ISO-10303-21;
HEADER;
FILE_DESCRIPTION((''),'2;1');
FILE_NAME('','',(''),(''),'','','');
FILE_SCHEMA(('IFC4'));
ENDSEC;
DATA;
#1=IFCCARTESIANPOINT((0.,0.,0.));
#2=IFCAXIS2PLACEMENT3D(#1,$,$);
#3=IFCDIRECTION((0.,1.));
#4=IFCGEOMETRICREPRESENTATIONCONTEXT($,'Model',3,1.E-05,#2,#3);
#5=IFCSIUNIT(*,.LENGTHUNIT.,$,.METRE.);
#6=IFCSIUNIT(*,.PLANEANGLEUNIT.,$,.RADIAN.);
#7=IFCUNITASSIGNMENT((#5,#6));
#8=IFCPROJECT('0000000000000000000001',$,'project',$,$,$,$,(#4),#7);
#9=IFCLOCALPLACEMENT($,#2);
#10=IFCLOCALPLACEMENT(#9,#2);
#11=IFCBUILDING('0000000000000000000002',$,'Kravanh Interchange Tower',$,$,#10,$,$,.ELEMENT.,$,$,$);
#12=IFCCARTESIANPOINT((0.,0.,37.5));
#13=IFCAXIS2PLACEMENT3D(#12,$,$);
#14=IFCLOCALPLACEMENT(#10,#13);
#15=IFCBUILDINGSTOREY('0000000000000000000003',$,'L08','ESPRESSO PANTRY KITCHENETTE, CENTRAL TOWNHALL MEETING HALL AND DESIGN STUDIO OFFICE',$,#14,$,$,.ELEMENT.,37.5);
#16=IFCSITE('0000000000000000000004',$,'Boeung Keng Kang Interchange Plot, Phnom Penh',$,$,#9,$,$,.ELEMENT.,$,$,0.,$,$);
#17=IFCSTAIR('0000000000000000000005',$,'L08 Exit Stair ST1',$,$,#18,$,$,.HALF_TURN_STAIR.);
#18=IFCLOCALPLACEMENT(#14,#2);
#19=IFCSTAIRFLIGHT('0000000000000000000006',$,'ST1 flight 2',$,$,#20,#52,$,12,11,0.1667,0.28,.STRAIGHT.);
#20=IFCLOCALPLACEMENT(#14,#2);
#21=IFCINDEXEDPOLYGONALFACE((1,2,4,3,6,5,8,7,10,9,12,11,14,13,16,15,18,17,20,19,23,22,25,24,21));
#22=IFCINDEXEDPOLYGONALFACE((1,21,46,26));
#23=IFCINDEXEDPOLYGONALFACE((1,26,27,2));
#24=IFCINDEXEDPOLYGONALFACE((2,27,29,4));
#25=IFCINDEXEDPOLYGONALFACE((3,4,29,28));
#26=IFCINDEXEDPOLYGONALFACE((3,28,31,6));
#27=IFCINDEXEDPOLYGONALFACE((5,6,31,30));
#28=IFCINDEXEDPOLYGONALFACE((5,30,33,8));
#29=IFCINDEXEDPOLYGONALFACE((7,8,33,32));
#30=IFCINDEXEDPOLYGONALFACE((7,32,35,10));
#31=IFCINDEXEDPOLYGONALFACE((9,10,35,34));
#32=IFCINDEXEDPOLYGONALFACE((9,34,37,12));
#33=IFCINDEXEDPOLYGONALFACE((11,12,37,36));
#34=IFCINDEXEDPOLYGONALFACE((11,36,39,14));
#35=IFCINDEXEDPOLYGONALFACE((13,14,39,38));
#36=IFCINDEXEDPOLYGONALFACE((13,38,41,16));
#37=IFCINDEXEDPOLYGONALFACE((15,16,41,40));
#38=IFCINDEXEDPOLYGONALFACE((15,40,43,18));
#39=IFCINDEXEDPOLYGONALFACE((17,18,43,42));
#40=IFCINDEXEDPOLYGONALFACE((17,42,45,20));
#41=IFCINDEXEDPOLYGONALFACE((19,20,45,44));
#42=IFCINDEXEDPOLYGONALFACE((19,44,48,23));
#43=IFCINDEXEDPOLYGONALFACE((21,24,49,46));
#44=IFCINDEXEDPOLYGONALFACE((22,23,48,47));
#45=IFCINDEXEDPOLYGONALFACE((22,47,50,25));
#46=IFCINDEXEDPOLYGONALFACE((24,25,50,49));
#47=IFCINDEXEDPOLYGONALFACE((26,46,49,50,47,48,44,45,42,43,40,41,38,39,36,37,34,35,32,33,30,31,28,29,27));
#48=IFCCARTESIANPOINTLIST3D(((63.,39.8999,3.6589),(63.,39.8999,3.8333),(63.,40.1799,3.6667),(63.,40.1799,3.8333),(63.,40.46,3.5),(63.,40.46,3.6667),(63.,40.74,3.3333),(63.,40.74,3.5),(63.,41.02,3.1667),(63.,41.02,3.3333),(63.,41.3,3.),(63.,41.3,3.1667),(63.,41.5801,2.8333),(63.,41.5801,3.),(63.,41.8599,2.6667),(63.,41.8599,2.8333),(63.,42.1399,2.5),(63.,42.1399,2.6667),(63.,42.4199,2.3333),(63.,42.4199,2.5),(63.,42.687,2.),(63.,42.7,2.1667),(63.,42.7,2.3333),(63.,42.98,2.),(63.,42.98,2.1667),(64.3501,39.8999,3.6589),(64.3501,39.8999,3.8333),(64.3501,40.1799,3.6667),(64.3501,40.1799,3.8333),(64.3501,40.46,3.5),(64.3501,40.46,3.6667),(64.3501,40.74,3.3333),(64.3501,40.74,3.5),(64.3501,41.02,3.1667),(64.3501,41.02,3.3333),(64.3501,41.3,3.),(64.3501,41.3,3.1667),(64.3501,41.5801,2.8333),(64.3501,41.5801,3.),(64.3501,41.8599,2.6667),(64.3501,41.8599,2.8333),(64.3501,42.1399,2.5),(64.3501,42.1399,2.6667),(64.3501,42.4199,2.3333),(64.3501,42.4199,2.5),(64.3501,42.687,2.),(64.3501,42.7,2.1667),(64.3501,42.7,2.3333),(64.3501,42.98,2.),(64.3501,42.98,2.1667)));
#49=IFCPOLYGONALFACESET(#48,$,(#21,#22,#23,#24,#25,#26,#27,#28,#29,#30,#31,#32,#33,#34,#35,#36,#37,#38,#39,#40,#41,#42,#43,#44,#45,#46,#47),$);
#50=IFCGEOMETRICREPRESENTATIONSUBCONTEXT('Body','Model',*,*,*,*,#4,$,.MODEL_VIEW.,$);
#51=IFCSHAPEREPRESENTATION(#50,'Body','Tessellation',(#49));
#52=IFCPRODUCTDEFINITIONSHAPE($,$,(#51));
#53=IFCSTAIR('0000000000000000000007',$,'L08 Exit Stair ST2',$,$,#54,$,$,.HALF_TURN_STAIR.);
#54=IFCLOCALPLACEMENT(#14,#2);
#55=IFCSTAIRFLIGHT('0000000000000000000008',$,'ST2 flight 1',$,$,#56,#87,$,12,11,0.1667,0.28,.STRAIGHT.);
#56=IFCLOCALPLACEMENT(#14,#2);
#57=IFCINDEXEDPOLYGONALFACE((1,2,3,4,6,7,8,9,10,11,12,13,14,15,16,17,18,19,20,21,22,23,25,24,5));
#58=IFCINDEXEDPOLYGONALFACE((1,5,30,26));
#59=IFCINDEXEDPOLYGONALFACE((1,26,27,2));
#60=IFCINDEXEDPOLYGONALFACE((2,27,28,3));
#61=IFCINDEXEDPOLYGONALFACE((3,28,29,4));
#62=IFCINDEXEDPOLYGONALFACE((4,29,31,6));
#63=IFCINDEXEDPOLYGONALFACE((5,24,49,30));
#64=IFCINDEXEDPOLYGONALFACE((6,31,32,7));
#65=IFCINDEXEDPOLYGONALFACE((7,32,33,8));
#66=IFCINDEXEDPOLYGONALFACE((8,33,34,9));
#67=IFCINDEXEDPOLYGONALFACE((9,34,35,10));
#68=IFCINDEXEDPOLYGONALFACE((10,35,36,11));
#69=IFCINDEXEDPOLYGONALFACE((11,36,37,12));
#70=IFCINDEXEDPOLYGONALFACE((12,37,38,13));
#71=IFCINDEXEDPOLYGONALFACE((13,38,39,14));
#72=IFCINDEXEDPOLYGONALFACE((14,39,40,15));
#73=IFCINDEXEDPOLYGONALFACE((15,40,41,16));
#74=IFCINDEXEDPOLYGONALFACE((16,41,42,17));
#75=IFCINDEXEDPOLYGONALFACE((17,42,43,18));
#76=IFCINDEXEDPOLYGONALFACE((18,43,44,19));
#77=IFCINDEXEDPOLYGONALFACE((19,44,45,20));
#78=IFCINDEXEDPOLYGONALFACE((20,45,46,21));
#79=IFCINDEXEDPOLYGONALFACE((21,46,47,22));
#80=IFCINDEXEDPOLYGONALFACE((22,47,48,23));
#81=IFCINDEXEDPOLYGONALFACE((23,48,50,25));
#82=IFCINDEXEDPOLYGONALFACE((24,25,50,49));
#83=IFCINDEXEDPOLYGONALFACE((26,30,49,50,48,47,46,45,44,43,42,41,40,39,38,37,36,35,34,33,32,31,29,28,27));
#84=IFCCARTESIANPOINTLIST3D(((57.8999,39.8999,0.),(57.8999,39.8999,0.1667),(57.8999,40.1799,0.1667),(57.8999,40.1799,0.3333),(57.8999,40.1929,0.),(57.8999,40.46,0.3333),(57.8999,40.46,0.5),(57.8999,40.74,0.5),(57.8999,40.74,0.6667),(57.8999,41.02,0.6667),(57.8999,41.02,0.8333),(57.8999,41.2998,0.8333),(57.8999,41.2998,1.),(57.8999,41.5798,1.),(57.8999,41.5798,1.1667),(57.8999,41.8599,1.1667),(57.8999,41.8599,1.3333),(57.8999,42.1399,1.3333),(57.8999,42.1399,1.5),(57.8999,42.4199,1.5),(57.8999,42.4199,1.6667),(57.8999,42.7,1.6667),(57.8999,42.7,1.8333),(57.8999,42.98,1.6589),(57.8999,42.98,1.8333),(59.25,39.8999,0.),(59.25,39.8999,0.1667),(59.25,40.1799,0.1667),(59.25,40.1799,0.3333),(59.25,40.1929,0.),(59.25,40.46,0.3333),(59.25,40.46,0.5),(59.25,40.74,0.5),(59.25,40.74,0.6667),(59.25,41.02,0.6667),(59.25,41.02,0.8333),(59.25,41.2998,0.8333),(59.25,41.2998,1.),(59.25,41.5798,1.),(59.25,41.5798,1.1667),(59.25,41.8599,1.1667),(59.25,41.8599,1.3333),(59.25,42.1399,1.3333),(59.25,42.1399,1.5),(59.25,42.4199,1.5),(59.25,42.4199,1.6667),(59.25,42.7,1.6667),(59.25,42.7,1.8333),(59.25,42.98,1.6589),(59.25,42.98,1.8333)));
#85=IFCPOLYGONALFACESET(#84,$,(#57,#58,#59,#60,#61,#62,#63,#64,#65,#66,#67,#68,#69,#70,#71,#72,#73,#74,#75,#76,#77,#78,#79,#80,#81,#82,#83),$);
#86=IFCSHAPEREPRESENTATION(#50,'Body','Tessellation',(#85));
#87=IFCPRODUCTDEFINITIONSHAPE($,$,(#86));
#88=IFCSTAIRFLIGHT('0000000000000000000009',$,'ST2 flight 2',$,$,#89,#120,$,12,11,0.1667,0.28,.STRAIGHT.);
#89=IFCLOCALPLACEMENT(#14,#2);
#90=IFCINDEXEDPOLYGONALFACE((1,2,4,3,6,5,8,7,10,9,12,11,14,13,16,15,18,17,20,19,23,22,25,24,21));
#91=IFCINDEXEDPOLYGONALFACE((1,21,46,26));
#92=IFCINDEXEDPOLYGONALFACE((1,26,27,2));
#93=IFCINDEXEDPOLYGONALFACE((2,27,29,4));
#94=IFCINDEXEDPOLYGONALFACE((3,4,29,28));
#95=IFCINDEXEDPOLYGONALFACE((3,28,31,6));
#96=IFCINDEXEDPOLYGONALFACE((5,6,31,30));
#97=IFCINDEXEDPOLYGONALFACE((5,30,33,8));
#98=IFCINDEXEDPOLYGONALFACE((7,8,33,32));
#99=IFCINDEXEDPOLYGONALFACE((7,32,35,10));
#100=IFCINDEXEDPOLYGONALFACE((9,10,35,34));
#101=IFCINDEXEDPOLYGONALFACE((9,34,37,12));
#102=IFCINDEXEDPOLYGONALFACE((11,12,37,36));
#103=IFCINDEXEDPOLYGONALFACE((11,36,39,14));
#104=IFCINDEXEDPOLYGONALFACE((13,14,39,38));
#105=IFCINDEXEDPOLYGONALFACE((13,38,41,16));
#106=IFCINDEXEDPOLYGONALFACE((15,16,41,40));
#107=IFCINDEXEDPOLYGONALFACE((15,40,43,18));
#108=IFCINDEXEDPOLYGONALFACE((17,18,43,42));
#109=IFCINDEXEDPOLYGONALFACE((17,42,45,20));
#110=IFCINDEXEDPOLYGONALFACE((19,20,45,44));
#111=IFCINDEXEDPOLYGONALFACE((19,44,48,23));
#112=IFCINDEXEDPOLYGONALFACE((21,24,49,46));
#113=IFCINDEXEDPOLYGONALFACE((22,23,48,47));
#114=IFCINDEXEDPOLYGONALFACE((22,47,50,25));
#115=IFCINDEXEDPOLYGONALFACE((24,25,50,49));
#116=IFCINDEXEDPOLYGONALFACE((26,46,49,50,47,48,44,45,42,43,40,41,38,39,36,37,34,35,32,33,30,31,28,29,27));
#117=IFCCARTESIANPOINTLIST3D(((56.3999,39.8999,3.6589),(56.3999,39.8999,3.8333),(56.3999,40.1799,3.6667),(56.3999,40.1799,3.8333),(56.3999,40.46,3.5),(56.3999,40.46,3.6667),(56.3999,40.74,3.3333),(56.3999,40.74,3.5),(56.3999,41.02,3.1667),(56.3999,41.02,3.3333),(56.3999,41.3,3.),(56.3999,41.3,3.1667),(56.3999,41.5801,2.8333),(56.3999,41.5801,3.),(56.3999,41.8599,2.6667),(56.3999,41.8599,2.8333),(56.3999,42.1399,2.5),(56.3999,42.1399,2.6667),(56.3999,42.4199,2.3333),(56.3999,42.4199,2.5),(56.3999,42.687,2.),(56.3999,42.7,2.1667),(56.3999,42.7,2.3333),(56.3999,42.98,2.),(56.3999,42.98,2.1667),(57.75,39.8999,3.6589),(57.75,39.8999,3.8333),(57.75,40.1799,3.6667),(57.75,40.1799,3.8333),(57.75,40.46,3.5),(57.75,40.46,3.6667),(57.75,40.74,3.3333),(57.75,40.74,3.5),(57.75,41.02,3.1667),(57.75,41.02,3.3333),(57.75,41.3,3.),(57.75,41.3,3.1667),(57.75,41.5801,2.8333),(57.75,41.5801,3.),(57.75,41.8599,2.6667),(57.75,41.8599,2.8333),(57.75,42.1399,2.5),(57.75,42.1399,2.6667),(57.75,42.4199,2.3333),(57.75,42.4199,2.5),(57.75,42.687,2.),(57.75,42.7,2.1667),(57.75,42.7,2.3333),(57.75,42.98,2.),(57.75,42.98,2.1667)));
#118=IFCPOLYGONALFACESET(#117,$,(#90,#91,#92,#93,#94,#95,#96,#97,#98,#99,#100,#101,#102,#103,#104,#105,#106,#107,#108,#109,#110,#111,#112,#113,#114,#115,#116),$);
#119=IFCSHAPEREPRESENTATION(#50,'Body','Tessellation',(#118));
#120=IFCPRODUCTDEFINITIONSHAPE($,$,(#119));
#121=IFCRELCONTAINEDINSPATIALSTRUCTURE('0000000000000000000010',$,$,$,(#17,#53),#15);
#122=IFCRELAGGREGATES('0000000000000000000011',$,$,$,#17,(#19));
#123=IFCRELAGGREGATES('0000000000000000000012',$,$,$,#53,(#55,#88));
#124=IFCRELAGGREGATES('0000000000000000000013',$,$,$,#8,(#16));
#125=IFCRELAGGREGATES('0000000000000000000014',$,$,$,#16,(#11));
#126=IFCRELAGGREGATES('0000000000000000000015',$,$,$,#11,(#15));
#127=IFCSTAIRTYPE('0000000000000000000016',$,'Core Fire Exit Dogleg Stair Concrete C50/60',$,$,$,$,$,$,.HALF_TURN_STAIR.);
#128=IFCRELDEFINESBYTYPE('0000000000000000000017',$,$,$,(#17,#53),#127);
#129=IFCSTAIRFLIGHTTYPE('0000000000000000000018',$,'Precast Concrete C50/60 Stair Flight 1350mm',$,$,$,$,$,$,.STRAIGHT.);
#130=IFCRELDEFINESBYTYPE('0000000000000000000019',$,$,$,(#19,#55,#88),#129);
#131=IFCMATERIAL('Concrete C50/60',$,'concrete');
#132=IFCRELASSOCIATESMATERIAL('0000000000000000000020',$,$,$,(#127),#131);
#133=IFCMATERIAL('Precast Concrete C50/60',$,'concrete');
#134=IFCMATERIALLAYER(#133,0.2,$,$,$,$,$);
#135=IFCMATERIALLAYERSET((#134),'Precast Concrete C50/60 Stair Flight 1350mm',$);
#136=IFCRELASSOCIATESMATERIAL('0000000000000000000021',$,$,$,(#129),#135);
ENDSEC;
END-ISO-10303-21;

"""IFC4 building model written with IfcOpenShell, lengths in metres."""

from ifc_helpers import new_model, si_unit, direction, frame, origin, place, context, subcontext, project, spatial, polyline, outline, extrude, material, layer, layer_set, type_object, element, aggregate, save


model = new_model("IFC4")

# Units and contexts
model_context = context("Model", 3, precision=1e-05, world=origin(), true_north=direction((0.0, 1.0)))
body_context = subcontext(model_context, "Body", "Model", "MODEL_VIEW")
ifc_project = project(units=[si_unit("LENGTHUNIT", "METRE"), si_unit("PLANEANGLEUNIT", "RADIAN")], contexts=[model_context])

# Site, building, storey
site_placement = place(None, origin())
site = spatial("IfcSite", under=ifc_project, at=site_placement, Name="Boeung Keng Kang Interchange Plot, Phnom Penh", CompositionType="ELEMENT", RefElevation=0.0)
building_placement = place(site_placement, origin())
building = spatial("IfcBuilding", under=site, at=building_placement, Name="Kravanh Interchange Tower", CompositionType="ELEMENT")
storey_placement = place(building_placement, frame((0.0, 0.0, 37.5)))
storey = spatial("IfcBuildingStorey", under=building, at=storey_placement, Name="L08", Description="ESPRESSO PANTRY KITCHENETTE, CENTRAL TOWNHALL MEETING HALL AND DESIGN STUDIO OFFICE", CompositionType="ELEMENT", Elevation=37.5)

# Stairs, stair flights
ifc_material_1 = material(Name="Concrete C50/60", Category="concrete")
stair_type = type_object("IfcStairType", Name="Core Fire Exit Dogleg Stair Concrete C50/60", PredefinedType="HALF_TURN_STAIR", material=ifc_material_1)
stair_1_placement = place(storey_placement, origin())
stair_1 = element("IfcStair", 1, at=stair_1_placement, inside=storey, type_object=stair_type, Name="L08 Exit Stair ST1", PredefinedType="HALF_TURN_STAIR")
ifc_material_2 = material(Name="Precast Concrete C50/60", Category="concrete")
ifc_layer_1 = layer(ifc_material_2, 0.2)
ifc_layer_set_1 = layer_set([ifc_layer_1], Name="Precast Concrete C50/60 Stair Flight 1350mm")
stair_flight_type = type_object("IfcStairFlightType", Name="Precast Concrete C50/60 Stair Flight 1350mm", PredefinedType="STRAIGHT", material=ifc_layer_set_1)
stair_flight_1_placement = place(storey_placement, frame((63.675, 42.98, 2.0), z_axis=(0.0, 0.0, 1.0), x_axis=(0.0, -1.0, 0.0)))
stair_flight_1 = element("IfcStairFlight", 2, at=stair_flight_1_placement, type_object=stair_flight_type, Name="ST1 flight 2", NumberOfRisers=12, NumberOfTreads=11, PredefinedType="STRAIGHT", RiserHeight=0.1667, TreadLength=0.28, context=body_context, shape_type="SweptSolid", body=[
    extrude(outline(polyline([(0.0, 0.0), (0.0, 0.1667), (0.28, 0.1667), (0.28, 0.3333), (0.5601, 0.3333), (0.5601, 0.5), (0.8401, 0.5), (0.8401, 0.6667), (1.1201, 0.6667), (1.1201, 0.8333), (1.3999, 0.8333), (1.3999, 1.0), (1.6799, 1.0), (1.6799, 1.1667), (1.96, 1.1667), (1.96, 1.3333), (2.24, 1.3333), (2.24, 1.5), (2.52, 1.5), (2.52, 1.6667), (2.8, 1.6667), (2.8, 1.8333), (3.0801, 1.8333), (3.0801, 2.0), (3.0801, 1.6589), (0.293, 0.0), (0.0, 0.0)])), frame((0.0, 0.675, 0.0), z_axis=(0.0, -1.0, 0.0), x_axis=(1.0, 0.0, 0.0)), (0.0, 0.0, 1.0), 1.3501),
])
aggregate(stair_1, [stair_flight_1])
stair_2_placement = place(storey_placement, origin())
stair_2 = element("IfcStair", 3, at=stair_2_placement, inside=storey, type_object=stair_type, Name="L08 Exit Stair ST2", PredefinedType="HALF_TURN_STAIR")
stair_flight_2_placement = place(storey_placement, frame((58.575, 39.8999, 0.0), z_axis=(0.0, 0.0, 1.0), x_axis=(0.0, 1.0, 0.0)))
stair_flight_2 = element("IfcStairFlight", 4, at=stair_flight_2_placement, type_object=stair_flight_type, Name="ST2 flight 1", NumberOfRisers=12, NumberOfTreads=11, PredefinedType="STRAIGHT", RiserHeight=0.1667, TreadLength=0.28, context=body_context, shape_type="SweptSolid", body=[
    extrude(outline(polyline([(0.0, 0.0), (0.0, 0.1667), (0.28, 0.1667), (0.28, 0.3333), (0.5601, 0.3333), (0.5601, 0.5), (0.8401, 0.5), (0.8401, 0.6667), (1.1201, 0.6667), (1.1201, 0.8333), (1.3999, 0.8333), (1.3999, 1.0), (1.6799, 1.0), (1.6799, 1.1667), (1.96, 1.1667), (1.96, 1.3333), (2.24, 1.3333), (2.24, 1.5), (2.52, 1.5), (2.52, 1.6667), (2.8, 1.6667), (2.8, 1.8333), (3.0801, 1.8333), (3.0801, 2.0), (3.0801, 1.6589), (0.293, 0.0), (0.0, 0.0)])), frame((0.0, 0.675, 0.0), z_axis=(0.0, -1.0, 0.0), x_axis=(1.0, 0.0, 0.0)), (0.0, 0.0, 1.0), 1.3501),
])
stair_flight_3_placement = place(storey_placement, frame((57.075, 42.98, 2.0), z_axis=(0.0, 0.0, 1.0), x_axis=(0.0, -1.0, 0.0)))
stair_flight_3 = element("IfcStairFlight", 5, at=stair_flight_3_placement, type_object=stair_flight_type, Name="ST2 flight 2", NumberOfRisers=12, NumberOfTreads=11, PredefinedType="STRAIGHT", RiserHeight=0.1667, TreadLength=0.28, context=body_context, shape_type="SweptSolid", body=[
    extrude(outline(polyline([(0.0, 0.0), (0.0, 0.1667), (0.28, 0.1667), (0.28, 0.3333), (0.5601, 0.3333), (0.5601, 0.5), (0.8401, 0.5), (0.8401, 0.6667), (1.1201, 0.6667), (1.1201, 0.8333), (1.3999, 0.8333), (1.3999, 1.0), (1.6799, 1.0), (1.6799, 1.1667), (1.96, 1.1667), (1.96, 1.3333), (2.24, 1.3333), (2.24, 1.5), (2.52, 1.5), (2.52, 1.6667), (2.8, 1.6667), (2.8, 1.8333), (3.0801, 1.8333), (3.0801, 2.0), (3.0801, 1.6589), (0.293, 0.0), (0.0, 0.0)])), frame((0.0, 0.675, 0.0), z_axis=(0.0, -1.0, 0.0), x_axis=(1.0, 0.0, 0.0)), (0.0, 0.0, 1.0), 1.3501),
])
aggregate(stair_2, [stair_flight_2, stair_flight_3])

save(model, "model.ifc")
